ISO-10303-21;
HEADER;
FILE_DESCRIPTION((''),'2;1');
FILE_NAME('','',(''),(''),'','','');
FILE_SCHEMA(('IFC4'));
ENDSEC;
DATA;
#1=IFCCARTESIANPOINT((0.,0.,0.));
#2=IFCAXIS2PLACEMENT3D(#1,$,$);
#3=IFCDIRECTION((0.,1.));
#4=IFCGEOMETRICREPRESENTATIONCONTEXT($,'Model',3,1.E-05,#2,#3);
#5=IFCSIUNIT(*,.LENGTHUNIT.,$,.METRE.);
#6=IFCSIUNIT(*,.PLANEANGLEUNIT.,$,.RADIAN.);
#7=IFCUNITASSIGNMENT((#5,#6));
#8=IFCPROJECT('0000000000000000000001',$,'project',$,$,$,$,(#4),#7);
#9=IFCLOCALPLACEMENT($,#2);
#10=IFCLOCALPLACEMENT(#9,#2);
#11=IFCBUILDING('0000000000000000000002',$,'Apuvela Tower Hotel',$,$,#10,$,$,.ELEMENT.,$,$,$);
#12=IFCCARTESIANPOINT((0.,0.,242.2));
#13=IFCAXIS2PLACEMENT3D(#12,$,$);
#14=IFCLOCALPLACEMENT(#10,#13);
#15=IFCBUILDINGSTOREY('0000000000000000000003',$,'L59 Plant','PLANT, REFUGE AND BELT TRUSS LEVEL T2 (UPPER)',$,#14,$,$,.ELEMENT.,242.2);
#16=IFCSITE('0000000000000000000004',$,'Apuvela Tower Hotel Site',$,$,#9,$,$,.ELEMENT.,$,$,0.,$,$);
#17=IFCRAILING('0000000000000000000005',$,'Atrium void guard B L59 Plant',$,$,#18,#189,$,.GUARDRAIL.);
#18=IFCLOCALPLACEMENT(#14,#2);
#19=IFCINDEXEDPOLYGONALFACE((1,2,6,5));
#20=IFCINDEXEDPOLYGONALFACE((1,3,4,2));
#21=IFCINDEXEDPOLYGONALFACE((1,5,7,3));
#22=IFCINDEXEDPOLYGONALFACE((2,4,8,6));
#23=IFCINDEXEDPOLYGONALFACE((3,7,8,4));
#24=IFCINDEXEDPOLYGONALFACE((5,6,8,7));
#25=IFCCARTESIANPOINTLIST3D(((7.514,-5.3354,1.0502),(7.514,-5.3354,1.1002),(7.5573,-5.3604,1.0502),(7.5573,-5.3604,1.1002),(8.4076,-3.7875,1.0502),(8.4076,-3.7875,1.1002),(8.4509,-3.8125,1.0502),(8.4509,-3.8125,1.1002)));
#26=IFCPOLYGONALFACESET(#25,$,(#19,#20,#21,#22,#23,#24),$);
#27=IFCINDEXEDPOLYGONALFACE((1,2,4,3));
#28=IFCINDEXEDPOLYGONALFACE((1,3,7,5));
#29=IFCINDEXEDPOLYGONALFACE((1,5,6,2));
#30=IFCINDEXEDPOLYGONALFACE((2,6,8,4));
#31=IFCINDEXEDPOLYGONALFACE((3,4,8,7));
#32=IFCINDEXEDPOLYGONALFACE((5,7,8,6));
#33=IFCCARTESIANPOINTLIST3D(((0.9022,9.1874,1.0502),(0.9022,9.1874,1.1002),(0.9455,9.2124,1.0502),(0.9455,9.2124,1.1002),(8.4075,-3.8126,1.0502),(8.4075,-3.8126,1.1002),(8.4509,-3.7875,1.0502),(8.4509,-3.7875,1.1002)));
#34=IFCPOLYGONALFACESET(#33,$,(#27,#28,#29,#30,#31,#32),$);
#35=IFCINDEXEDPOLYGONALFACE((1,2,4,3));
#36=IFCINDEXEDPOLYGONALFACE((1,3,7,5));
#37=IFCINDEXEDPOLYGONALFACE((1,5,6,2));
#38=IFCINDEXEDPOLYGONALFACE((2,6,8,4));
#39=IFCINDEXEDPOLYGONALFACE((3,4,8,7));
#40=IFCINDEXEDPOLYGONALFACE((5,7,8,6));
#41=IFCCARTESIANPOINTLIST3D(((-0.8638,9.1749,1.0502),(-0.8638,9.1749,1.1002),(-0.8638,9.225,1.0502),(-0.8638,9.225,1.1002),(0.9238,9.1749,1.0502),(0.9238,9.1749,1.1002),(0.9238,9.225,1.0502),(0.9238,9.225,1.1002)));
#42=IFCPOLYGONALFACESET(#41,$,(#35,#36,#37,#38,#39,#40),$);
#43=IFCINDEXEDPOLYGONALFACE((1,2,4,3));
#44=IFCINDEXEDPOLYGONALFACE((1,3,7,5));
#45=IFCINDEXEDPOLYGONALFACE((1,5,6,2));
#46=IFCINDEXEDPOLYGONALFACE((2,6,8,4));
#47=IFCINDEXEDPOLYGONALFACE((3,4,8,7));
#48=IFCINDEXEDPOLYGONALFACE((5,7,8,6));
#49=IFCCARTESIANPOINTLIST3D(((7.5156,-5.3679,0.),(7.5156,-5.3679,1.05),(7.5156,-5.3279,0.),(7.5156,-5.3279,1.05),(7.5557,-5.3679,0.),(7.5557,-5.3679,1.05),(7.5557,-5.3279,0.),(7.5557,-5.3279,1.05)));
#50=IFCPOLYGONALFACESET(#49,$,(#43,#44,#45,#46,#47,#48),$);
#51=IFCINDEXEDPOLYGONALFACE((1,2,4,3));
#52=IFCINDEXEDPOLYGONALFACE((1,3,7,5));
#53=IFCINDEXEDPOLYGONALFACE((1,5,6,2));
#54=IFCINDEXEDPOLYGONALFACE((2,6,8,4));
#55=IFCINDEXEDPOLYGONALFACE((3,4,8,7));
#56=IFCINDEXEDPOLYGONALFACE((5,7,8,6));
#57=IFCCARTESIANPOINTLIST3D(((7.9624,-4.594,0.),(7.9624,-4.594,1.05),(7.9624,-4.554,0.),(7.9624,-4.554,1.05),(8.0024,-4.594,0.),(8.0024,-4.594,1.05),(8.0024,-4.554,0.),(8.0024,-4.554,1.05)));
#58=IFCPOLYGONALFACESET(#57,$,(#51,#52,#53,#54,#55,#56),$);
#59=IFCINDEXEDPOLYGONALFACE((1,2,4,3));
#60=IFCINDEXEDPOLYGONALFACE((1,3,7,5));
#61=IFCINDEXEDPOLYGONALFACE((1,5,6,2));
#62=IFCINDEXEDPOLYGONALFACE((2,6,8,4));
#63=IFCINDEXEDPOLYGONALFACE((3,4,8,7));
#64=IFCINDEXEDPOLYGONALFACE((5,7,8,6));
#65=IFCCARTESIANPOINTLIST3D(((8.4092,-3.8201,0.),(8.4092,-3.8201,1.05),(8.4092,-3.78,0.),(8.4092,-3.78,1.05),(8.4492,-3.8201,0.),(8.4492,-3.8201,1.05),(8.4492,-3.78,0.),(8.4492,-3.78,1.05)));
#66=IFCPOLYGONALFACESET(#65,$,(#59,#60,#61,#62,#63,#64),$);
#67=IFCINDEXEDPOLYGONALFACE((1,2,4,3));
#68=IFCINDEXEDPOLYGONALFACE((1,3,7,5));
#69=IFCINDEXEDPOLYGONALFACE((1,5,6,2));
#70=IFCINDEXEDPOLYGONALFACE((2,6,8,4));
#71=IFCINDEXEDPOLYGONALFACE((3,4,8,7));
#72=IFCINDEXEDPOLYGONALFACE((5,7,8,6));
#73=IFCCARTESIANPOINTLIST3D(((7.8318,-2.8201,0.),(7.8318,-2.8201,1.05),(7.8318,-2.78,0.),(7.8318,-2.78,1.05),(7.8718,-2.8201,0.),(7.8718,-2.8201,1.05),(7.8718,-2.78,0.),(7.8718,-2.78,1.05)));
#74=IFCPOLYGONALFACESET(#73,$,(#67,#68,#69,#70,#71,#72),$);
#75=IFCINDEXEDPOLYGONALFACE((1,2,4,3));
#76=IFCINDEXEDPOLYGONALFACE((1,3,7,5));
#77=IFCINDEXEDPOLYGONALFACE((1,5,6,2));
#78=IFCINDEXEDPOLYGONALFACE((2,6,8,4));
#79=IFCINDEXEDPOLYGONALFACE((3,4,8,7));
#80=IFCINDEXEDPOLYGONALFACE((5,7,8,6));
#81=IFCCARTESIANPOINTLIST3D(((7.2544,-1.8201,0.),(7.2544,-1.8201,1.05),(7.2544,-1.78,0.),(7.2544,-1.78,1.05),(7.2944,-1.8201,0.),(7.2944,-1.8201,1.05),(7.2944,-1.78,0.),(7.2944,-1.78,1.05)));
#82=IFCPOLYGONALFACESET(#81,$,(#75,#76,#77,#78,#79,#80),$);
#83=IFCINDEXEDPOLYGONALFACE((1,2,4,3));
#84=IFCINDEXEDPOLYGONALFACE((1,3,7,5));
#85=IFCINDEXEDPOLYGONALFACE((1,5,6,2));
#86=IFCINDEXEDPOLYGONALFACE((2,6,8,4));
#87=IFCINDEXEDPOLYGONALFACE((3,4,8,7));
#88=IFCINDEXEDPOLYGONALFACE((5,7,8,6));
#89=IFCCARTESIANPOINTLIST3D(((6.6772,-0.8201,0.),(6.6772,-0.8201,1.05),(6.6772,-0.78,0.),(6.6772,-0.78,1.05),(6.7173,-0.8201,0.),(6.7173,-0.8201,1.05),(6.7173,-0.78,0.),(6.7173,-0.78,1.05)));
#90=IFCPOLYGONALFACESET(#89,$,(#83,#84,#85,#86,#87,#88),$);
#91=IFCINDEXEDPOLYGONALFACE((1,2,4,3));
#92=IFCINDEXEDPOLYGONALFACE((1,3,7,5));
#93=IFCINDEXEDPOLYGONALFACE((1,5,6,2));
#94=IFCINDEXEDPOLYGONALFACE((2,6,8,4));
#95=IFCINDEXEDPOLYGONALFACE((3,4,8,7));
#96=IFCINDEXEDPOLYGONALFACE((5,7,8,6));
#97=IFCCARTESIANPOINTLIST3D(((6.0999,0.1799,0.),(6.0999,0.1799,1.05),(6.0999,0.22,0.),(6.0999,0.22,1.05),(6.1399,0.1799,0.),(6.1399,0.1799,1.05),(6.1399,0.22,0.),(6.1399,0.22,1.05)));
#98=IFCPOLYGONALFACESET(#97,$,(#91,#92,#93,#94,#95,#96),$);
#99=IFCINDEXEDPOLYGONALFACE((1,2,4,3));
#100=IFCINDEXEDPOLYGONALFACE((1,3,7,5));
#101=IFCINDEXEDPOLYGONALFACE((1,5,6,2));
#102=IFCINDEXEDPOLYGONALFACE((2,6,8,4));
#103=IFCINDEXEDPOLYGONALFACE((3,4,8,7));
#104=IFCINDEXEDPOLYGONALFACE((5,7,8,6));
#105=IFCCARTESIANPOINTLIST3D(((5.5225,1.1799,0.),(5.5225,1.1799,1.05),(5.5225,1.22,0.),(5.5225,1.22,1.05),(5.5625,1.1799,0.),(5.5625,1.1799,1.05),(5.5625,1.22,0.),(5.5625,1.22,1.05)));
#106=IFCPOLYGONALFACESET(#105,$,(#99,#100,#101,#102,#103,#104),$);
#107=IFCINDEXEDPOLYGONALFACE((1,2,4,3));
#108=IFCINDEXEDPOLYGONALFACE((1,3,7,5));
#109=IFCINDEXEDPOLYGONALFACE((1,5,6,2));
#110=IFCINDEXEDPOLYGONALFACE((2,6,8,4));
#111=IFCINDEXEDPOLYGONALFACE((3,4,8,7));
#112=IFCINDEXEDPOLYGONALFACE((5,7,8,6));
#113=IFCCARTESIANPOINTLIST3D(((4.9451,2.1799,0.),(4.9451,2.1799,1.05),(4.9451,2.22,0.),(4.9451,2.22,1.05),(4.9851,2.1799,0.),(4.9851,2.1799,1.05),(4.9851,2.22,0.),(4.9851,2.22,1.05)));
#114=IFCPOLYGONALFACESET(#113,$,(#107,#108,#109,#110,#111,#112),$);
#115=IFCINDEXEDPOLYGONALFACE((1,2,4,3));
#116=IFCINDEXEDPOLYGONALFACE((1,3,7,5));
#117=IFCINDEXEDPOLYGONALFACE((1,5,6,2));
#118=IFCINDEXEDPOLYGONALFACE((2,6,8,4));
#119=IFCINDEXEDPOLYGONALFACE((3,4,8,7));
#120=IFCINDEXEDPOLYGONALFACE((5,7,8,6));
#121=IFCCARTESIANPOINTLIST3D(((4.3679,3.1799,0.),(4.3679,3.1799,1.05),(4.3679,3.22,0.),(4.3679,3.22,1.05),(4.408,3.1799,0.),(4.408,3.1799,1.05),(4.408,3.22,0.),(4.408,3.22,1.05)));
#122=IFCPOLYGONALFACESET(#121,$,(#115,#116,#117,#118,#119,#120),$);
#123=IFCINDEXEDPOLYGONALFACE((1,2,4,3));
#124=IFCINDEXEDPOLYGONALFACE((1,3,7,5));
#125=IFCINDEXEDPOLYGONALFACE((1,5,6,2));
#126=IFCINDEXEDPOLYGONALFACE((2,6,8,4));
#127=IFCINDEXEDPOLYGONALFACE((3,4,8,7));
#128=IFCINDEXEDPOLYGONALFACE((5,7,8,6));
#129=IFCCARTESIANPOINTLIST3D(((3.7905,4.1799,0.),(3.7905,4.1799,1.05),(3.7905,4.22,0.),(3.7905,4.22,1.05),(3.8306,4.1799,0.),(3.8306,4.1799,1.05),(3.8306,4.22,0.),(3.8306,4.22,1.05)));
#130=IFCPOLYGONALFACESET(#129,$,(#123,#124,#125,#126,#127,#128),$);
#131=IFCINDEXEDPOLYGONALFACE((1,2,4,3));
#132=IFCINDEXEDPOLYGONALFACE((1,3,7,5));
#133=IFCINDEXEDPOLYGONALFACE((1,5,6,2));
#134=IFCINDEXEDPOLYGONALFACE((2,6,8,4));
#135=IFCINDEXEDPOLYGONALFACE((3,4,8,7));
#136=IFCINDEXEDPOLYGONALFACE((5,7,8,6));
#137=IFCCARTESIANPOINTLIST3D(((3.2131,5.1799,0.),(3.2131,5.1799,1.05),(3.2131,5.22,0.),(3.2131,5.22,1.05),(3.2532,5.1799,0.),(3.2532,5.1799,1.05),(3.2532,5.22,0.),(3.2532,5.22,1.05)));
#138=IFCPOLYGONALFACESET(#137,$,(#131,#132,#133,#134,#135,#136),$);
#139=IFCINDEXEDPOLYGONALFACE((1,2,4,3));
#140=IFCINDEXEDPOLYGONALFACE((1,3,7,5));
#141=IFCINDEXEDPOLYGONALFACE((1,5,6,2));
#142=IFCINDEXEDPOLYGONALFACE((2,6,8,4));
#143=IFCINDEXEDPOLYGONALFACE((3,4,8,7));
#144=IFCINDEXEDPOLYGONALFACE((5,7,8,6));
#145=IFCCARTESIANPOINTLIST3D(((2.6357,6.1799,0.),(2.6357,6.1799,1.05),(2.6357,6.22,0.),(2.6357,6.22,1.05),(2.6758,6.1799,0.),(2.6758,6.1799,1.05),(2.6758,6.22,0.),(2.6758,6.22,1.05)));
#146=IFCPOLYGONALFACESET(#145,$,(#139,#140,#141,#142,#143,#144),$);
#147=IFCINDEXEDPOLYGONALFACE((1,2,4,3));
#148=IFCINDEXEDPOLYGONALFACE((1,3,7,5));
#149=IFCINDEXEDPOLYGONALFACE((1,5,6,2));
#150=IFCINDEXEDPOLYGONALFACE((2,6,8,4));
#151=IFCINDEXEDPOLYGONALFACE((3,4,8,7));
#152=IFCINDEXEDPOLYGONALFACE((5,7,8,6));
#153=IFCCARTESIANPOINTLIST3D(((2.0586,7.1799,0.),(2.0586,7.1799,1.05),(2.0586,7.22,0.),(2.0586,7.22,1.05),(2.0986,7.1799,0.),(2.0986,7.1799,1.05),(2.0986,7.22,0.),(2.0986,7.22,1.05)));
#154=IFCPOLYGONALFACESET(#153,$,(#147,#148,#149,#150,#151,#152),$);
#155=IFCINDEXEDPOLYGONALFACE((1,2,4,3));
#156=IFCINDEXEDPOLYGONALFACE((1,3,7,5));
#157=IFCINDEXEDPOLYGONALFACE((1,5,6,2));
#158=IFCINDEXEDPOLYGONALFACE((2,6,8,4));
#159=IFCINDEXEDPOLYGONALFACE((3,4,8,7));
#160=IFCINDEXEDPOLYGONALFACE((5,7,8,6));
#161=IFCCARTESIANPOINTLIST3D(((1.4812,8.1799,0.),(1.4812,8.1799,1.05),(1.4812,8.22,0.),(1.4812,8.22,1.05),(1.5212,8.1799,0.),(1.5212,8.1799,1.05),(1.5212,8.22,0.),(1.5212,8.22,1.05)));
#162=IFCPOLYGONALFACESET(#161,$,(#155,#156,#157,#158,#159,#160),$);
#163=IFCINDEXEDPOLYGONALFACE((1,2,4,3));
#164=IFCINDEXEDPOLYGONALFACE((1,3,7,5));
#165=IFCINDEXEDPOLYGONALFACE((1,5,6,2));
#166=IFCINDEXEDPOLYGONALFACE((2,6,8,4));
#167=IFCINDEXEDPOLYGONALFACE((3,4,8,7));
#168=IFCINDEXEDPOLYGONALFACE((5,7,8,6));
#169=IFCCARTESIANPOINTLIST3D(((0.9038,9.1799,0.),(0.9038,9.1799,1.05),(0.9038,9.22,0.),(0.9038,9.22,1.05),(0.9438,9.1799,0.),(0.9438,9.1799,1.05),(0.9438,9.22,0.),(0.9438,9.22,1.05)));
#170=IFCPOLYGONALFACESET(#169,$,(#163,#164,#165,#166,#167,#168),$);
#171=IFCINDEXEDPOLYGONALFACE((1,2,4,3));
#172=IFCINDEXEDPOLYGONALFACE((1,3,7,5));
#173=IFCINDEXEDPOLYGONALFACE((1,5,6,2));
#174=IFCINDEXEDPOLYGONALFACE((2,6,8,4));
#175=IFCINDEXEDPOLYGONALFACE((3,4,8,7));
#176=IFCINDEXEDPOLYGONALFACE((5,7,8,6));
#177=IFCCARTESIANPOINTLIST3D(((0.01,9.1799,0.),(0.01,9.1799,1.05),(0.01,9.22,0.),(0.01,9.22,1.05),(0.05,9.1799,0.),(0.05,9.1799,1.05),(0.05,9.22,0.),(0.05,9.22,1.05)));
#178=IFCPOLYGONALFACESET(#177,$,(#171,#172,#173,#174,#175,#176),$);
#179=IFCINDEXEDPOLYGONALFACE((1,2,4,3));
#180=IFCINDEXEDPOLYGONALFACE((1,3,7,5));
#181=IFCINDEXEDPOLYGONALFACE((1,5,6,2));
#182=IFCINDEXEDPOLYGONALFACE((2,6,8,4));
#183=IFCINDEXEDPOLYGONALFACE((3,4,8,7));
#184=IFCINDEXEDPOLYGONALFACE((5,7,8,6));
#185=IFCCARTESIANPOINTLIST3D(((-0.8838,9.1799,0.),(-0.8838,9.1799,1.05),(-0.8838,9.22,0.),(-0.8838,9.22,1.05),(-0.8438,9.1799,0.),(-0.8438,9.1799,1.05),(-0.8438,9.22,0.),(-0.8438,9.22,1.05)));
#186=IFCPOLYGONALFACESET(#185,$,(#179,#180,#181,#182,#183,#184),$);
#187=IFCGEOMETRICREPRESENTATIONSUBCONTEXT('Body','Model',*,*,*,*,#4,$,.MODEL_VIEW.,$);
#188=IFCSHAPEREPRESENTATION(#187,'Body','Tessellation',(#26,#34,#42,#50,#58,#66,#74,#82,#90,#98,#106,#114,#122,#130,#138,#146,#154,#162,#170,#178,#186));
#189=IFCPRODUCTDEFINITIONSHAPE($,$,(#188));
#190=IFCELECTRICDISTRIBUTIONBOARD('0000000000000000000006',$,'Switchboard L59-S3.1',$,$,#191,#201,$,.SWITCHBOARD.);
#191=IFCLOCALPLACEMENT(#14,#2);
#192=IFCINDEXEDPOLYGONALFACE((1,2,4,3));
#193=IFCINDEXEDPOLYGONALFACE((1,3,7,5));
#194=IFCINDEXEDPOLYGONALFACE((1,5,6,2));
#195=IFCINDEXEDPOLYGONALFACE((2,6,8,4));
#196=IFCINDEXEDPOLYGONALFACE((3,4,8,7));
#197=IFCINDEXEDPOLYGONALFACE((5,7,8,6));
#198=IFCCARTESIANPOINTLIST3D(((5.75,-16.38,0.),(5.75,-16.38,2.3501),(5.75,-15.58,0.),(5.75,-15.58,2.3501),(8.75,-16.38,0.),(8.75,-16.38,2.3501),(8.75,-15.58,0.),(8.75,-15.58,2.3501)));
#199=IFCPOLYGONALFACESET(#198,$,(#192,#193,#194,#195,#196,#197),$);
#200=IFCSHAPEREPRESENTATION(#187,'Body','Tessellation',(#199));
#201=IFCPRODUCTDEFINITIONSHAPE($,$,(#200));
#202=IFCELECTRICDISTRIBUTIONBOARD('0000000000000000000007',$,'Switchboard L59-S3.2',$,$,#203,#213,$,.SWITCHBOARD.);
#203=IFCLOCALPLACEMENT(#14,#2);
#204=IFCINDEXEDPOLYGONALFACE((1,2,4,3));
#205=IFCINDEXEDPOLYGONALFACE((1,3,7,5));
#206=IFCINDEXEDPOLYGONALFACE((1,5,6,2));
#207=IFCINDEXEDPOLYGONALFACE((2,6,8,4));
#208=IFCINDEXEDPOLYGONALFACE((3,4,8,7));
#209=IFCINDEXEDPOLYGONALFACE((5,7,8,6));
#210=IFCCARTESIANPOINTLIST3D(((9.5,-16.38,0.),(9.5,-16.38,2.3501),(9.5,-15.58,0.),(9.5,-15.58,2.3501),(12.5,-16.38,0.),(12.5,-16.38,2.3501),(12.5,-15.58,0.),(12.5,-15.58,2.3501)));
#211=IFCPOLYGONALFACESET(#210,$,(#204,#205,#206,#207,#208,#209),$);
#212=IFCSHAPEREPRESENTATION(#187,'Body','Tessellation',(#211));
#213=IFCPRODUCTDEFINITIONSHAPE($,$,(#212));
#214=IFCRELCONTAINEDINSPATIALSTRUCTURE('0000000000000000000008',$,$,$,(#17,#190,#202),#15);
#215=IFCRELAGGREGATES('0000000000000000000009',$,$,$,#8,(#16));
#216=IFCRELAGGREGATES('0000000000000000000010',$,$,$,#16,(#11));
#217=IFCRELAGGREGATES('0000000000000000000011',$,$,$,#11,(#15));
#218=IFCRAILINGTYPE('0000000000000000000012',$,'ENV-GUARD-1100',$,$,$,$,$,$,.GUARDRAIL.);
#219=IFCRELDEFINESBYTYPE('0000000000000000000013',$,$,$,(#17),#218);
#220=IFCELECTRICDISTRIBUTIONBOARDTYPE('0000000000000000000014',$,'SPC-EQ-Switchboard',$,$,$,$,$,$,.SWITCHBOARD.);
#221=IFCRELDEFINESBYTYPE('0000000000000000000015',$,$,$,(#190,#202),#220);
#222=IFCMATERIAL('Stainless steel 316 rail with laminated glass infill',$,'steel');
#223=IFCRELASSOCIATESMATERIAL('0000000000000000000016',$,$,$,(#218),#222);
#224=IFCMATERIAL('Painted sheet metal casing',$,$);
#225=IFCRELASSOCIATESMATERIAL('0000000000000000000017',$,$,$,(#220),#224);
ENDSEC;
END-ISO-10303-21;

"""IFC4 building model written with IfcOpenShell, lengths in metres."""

from ifc_helpers import new_model, si_unit, direction, frame, origin, origin_2d, place, context, subcontext, project, spatial, rectangle, extrude, material, type_object, element, save


model = new_model("IFC4")

# Units and contexts
model_context = context("Model", 3, precision=1e-05, world=origin(), true_north=direction((0.0, 1.0)))
body_context = subcontext(model_context, "Body", "Model", "MODEL_VIEW")
ifc_project = project(units=[si_unit("LENGTHUNIT", "METRE"), si_unit("PLANEANGLEUNIT", "RADIAN")], contexts=[model_context])

# Site, building, storey
site_placement = place(None, origin())
site = spatial("IfcSite", under=ifc_project, at=site_placement, Name="Apuvela Tower Hotel Site", CompositionType="ELEMENT", RefElevation=0.0)
building_placement = place(site_placement, origin())
building = spatial("IfcBuilding", under=site, at=building_placement, Name="Apuvela Tower Hotel", CompositionType="ELEMENT")
storey_placement = place(building_placement, frame((0.0, 0.0, 242.2)))
storey = spatial("IfcBuildingStorey", under=building, at=storey_placement, Name="L59 Plant", Description="PLANT, REFUGE AND BELT TRUSS LEVEL T2 (UPPER)", CompositionType="ELEMENT", Elevation=242.2)

# Railing
ifc_material_1 = material(Name="Stainless steel 316 rail with laminated glass infill", Category="steel")
railing_type_1 = type_object("IfcRailingType", Name="ENV-GUARD-1100", PredefinedType="GUARDRAIL", material=ifc_material_1)
railing_1_placement = place(storey_placement, frame((7.5356, -5.3479, 0.0)))
element("IfcRailing", 1, at=railing_1_placement, inside=storey, type_object=railing_type_1, Name="Atrium void guard B L59 Plant", PredefinedType="GUARDRAIL", context=body_context, shape_type="SweptSolid", body=[
    extrude(rectangle(XDim=0.05, YDim=0.05, at=origin_2d()), frame((0.0, 0.0, 1.0752), z_axis=(0.499959, 0.866049, 0.0), x_axis=(-0.866049, 0.499959, 0.0)), (0.0, 0.0, 1.0), 1.7874),
    extrude(rectangle(XDim=0.05, YDim=0.05, at=origin_2d()), frame((0.8936, 1.5479, 1.0752), z_axis=(-0.499991, 0.866031, 0.0), x_axis=(-0.866031, -0.499991, 0.0)), (0.0, 0.0, 1.0), 15.011),
    extrude(rectangle(XDim=0.05, YDim=0.05, at=origin_2d()), frame((-6.6118, 14.5479, 1.0752), z_axis=(-1.0, 0.0, 0.0), x_axis=(0.0, -1.0, 0.0)), (0.0, 0.0, 1.0), 1.7876),
    extrude(rectangle(XDim=0.04, YDim=0.04, at=origin_2d()), origin(), (0.0, 0.0, 1.0), 1.05),
    extrude(rectangle(XDim=0.04, YDim=0.04, at=origin_2d()), frame((0.4468, 0.7739, 0.0)), (0.0, 0.0, 1.0), 1.05),
    extrude(rectangle(XDim=0.04, YDim=0.04, at=origin_2d()), frame((0.8936, 1.5479, 0.0)), (0.0, 0.0, 1.0), 1.05),
    extrude(rectangle(XDim=0.04, YDim=0.04, at=origin_2d()), frame((0.3162, 2.5479, 0.0)), (0.0, 0.0, 1.0), 1.05),
    extrude(rectangle(XDim=0.04, YDim=0.04, at=origin_2d()), frame((-0.2612, 3.5479, 0.0)), (0.0, 0.0, 1.0), 1.05),
    extrude(rectangle(XDim=0.04, YDim=0.04, at=origin_2d()), frame((-0.8384, 4.5479, 0.0)), (0.0, 0.0, 1.0), 1.05),
    extrude(rectangle(XDim=0.04, YDim=0.04, at=origin_2d()), frame((-1.4158, 5.5479, 0.0)), (0.0, 0.0, 1.0), 1.05),
    extrude(rectangle(XDim=0.04, YDim=0.04, at=origin_2d()), frame((-1.9932, 6.5479, 0.0)), (0.0, 0.0, 1.0), 1.05),
    extrude(rectangle(XDim=0.04, YDim=0.04, at=origin_2d()), frame((-2.5706, 7.5479, 0.0)), (0.0, 0.0, 1.0), 1.05),
    extrude(rectangle(XDim=0.04, YDim=0.04, at=origin_2d()), frame((-3.1477, 8.5479, 0.0)), (0.0, 0.0, 1.0), 1.05),
    extrude(rectangle(XDim=0.04, YDim=0.04, at=origin_2d()), frame((-3.7251, 9.5479, 0.0)), (0.0, 0.0, 1.0), 1.05),
    extrude(rectangle(XDim=0.04, YDim=0.04, at=origin_2d()), frame((-4.3025, 10.5479, 0.0)), (0.0, 0.0, 1.0), 1.05),
    extrude(rectangle(XDim=0.04, YDim=0.04, at=origin_2d()), frame((-4.8799, 11.5479, 0.0)), (0.0, 0.0, 1.0), 1.05),
    extrude(rectangle(XDim=0.04, YDim=0.04, at=origin_2d()), frame((-5.457, 12.5479, 0.0)), (0.0, 0.0, 1.0), 1.05),
    extrude(rectangle(XDim=0.04, YDim=0.04, at=origin_2d()), frame((-6.0344, 13.5479, 0.0)), (0.0, 0.0, 1.0), 1.05),
    extrude(rectangle(XDim=0.04, YDim=0.04, at=origin_2d()), frame((-6.6118, 14.5479, 0.0)), (0.0, 0.0, 1.0), 1.05),
    extrude(rectangle(XDim=0.04, YDim=0.04, at=origin_2d()), frame((-7.5056, 14.5479, 0.0)), (0.0, 0.0, 1.0), 1.05),
    extrude(rectangle(XDim=0.04, YDim=0.04, at=origin_2d()), frame((-8.3994, 14.5479, 0.0)), (0.0, 0.0, 1.0), 1.05),
])

# Electric distribution boards
ifc_material_2 = material(Name="Painted sheet metal casing")
electric_distribution_board_type = type_object("IfcElectricDistributionBoardType", Name="SPC-EQ-Switchboard", PredefinedType="SWITCHBOARD", material=ifc_material_2)
for number, where, z_axis, x_axis, name in (
    (2, (7.25, -15.98, 0.0), (0.0, 0.0, 1.0), (1.0, 0.0, 0.0), "Switchboard L59-S3.1"),
    (3, (11.0, -15.98, 0.0), (0.0, 0.0, 1.0), (1.0, 0.0, 0.0), "Switchboard L59-S3.2"),
):
    element("IfcElectricDistributionBoard", number, at=place(storey_placement, frame(where, z_axis=z_axis, x_axis=x_axis)), inside=storey, type_object=electric_distribution_board_type, Name=name, PredefinedType="SWITCHBOARD", context=body_context, shape_type="SweptSolid", body=[
        extrude(rectangle(XDim=3.0, YDim=0.8, at=origin_2d()), origin(), (0.0, 0.0, 1.0), 2.3501),
    ])

save(model, "model.ifc")
